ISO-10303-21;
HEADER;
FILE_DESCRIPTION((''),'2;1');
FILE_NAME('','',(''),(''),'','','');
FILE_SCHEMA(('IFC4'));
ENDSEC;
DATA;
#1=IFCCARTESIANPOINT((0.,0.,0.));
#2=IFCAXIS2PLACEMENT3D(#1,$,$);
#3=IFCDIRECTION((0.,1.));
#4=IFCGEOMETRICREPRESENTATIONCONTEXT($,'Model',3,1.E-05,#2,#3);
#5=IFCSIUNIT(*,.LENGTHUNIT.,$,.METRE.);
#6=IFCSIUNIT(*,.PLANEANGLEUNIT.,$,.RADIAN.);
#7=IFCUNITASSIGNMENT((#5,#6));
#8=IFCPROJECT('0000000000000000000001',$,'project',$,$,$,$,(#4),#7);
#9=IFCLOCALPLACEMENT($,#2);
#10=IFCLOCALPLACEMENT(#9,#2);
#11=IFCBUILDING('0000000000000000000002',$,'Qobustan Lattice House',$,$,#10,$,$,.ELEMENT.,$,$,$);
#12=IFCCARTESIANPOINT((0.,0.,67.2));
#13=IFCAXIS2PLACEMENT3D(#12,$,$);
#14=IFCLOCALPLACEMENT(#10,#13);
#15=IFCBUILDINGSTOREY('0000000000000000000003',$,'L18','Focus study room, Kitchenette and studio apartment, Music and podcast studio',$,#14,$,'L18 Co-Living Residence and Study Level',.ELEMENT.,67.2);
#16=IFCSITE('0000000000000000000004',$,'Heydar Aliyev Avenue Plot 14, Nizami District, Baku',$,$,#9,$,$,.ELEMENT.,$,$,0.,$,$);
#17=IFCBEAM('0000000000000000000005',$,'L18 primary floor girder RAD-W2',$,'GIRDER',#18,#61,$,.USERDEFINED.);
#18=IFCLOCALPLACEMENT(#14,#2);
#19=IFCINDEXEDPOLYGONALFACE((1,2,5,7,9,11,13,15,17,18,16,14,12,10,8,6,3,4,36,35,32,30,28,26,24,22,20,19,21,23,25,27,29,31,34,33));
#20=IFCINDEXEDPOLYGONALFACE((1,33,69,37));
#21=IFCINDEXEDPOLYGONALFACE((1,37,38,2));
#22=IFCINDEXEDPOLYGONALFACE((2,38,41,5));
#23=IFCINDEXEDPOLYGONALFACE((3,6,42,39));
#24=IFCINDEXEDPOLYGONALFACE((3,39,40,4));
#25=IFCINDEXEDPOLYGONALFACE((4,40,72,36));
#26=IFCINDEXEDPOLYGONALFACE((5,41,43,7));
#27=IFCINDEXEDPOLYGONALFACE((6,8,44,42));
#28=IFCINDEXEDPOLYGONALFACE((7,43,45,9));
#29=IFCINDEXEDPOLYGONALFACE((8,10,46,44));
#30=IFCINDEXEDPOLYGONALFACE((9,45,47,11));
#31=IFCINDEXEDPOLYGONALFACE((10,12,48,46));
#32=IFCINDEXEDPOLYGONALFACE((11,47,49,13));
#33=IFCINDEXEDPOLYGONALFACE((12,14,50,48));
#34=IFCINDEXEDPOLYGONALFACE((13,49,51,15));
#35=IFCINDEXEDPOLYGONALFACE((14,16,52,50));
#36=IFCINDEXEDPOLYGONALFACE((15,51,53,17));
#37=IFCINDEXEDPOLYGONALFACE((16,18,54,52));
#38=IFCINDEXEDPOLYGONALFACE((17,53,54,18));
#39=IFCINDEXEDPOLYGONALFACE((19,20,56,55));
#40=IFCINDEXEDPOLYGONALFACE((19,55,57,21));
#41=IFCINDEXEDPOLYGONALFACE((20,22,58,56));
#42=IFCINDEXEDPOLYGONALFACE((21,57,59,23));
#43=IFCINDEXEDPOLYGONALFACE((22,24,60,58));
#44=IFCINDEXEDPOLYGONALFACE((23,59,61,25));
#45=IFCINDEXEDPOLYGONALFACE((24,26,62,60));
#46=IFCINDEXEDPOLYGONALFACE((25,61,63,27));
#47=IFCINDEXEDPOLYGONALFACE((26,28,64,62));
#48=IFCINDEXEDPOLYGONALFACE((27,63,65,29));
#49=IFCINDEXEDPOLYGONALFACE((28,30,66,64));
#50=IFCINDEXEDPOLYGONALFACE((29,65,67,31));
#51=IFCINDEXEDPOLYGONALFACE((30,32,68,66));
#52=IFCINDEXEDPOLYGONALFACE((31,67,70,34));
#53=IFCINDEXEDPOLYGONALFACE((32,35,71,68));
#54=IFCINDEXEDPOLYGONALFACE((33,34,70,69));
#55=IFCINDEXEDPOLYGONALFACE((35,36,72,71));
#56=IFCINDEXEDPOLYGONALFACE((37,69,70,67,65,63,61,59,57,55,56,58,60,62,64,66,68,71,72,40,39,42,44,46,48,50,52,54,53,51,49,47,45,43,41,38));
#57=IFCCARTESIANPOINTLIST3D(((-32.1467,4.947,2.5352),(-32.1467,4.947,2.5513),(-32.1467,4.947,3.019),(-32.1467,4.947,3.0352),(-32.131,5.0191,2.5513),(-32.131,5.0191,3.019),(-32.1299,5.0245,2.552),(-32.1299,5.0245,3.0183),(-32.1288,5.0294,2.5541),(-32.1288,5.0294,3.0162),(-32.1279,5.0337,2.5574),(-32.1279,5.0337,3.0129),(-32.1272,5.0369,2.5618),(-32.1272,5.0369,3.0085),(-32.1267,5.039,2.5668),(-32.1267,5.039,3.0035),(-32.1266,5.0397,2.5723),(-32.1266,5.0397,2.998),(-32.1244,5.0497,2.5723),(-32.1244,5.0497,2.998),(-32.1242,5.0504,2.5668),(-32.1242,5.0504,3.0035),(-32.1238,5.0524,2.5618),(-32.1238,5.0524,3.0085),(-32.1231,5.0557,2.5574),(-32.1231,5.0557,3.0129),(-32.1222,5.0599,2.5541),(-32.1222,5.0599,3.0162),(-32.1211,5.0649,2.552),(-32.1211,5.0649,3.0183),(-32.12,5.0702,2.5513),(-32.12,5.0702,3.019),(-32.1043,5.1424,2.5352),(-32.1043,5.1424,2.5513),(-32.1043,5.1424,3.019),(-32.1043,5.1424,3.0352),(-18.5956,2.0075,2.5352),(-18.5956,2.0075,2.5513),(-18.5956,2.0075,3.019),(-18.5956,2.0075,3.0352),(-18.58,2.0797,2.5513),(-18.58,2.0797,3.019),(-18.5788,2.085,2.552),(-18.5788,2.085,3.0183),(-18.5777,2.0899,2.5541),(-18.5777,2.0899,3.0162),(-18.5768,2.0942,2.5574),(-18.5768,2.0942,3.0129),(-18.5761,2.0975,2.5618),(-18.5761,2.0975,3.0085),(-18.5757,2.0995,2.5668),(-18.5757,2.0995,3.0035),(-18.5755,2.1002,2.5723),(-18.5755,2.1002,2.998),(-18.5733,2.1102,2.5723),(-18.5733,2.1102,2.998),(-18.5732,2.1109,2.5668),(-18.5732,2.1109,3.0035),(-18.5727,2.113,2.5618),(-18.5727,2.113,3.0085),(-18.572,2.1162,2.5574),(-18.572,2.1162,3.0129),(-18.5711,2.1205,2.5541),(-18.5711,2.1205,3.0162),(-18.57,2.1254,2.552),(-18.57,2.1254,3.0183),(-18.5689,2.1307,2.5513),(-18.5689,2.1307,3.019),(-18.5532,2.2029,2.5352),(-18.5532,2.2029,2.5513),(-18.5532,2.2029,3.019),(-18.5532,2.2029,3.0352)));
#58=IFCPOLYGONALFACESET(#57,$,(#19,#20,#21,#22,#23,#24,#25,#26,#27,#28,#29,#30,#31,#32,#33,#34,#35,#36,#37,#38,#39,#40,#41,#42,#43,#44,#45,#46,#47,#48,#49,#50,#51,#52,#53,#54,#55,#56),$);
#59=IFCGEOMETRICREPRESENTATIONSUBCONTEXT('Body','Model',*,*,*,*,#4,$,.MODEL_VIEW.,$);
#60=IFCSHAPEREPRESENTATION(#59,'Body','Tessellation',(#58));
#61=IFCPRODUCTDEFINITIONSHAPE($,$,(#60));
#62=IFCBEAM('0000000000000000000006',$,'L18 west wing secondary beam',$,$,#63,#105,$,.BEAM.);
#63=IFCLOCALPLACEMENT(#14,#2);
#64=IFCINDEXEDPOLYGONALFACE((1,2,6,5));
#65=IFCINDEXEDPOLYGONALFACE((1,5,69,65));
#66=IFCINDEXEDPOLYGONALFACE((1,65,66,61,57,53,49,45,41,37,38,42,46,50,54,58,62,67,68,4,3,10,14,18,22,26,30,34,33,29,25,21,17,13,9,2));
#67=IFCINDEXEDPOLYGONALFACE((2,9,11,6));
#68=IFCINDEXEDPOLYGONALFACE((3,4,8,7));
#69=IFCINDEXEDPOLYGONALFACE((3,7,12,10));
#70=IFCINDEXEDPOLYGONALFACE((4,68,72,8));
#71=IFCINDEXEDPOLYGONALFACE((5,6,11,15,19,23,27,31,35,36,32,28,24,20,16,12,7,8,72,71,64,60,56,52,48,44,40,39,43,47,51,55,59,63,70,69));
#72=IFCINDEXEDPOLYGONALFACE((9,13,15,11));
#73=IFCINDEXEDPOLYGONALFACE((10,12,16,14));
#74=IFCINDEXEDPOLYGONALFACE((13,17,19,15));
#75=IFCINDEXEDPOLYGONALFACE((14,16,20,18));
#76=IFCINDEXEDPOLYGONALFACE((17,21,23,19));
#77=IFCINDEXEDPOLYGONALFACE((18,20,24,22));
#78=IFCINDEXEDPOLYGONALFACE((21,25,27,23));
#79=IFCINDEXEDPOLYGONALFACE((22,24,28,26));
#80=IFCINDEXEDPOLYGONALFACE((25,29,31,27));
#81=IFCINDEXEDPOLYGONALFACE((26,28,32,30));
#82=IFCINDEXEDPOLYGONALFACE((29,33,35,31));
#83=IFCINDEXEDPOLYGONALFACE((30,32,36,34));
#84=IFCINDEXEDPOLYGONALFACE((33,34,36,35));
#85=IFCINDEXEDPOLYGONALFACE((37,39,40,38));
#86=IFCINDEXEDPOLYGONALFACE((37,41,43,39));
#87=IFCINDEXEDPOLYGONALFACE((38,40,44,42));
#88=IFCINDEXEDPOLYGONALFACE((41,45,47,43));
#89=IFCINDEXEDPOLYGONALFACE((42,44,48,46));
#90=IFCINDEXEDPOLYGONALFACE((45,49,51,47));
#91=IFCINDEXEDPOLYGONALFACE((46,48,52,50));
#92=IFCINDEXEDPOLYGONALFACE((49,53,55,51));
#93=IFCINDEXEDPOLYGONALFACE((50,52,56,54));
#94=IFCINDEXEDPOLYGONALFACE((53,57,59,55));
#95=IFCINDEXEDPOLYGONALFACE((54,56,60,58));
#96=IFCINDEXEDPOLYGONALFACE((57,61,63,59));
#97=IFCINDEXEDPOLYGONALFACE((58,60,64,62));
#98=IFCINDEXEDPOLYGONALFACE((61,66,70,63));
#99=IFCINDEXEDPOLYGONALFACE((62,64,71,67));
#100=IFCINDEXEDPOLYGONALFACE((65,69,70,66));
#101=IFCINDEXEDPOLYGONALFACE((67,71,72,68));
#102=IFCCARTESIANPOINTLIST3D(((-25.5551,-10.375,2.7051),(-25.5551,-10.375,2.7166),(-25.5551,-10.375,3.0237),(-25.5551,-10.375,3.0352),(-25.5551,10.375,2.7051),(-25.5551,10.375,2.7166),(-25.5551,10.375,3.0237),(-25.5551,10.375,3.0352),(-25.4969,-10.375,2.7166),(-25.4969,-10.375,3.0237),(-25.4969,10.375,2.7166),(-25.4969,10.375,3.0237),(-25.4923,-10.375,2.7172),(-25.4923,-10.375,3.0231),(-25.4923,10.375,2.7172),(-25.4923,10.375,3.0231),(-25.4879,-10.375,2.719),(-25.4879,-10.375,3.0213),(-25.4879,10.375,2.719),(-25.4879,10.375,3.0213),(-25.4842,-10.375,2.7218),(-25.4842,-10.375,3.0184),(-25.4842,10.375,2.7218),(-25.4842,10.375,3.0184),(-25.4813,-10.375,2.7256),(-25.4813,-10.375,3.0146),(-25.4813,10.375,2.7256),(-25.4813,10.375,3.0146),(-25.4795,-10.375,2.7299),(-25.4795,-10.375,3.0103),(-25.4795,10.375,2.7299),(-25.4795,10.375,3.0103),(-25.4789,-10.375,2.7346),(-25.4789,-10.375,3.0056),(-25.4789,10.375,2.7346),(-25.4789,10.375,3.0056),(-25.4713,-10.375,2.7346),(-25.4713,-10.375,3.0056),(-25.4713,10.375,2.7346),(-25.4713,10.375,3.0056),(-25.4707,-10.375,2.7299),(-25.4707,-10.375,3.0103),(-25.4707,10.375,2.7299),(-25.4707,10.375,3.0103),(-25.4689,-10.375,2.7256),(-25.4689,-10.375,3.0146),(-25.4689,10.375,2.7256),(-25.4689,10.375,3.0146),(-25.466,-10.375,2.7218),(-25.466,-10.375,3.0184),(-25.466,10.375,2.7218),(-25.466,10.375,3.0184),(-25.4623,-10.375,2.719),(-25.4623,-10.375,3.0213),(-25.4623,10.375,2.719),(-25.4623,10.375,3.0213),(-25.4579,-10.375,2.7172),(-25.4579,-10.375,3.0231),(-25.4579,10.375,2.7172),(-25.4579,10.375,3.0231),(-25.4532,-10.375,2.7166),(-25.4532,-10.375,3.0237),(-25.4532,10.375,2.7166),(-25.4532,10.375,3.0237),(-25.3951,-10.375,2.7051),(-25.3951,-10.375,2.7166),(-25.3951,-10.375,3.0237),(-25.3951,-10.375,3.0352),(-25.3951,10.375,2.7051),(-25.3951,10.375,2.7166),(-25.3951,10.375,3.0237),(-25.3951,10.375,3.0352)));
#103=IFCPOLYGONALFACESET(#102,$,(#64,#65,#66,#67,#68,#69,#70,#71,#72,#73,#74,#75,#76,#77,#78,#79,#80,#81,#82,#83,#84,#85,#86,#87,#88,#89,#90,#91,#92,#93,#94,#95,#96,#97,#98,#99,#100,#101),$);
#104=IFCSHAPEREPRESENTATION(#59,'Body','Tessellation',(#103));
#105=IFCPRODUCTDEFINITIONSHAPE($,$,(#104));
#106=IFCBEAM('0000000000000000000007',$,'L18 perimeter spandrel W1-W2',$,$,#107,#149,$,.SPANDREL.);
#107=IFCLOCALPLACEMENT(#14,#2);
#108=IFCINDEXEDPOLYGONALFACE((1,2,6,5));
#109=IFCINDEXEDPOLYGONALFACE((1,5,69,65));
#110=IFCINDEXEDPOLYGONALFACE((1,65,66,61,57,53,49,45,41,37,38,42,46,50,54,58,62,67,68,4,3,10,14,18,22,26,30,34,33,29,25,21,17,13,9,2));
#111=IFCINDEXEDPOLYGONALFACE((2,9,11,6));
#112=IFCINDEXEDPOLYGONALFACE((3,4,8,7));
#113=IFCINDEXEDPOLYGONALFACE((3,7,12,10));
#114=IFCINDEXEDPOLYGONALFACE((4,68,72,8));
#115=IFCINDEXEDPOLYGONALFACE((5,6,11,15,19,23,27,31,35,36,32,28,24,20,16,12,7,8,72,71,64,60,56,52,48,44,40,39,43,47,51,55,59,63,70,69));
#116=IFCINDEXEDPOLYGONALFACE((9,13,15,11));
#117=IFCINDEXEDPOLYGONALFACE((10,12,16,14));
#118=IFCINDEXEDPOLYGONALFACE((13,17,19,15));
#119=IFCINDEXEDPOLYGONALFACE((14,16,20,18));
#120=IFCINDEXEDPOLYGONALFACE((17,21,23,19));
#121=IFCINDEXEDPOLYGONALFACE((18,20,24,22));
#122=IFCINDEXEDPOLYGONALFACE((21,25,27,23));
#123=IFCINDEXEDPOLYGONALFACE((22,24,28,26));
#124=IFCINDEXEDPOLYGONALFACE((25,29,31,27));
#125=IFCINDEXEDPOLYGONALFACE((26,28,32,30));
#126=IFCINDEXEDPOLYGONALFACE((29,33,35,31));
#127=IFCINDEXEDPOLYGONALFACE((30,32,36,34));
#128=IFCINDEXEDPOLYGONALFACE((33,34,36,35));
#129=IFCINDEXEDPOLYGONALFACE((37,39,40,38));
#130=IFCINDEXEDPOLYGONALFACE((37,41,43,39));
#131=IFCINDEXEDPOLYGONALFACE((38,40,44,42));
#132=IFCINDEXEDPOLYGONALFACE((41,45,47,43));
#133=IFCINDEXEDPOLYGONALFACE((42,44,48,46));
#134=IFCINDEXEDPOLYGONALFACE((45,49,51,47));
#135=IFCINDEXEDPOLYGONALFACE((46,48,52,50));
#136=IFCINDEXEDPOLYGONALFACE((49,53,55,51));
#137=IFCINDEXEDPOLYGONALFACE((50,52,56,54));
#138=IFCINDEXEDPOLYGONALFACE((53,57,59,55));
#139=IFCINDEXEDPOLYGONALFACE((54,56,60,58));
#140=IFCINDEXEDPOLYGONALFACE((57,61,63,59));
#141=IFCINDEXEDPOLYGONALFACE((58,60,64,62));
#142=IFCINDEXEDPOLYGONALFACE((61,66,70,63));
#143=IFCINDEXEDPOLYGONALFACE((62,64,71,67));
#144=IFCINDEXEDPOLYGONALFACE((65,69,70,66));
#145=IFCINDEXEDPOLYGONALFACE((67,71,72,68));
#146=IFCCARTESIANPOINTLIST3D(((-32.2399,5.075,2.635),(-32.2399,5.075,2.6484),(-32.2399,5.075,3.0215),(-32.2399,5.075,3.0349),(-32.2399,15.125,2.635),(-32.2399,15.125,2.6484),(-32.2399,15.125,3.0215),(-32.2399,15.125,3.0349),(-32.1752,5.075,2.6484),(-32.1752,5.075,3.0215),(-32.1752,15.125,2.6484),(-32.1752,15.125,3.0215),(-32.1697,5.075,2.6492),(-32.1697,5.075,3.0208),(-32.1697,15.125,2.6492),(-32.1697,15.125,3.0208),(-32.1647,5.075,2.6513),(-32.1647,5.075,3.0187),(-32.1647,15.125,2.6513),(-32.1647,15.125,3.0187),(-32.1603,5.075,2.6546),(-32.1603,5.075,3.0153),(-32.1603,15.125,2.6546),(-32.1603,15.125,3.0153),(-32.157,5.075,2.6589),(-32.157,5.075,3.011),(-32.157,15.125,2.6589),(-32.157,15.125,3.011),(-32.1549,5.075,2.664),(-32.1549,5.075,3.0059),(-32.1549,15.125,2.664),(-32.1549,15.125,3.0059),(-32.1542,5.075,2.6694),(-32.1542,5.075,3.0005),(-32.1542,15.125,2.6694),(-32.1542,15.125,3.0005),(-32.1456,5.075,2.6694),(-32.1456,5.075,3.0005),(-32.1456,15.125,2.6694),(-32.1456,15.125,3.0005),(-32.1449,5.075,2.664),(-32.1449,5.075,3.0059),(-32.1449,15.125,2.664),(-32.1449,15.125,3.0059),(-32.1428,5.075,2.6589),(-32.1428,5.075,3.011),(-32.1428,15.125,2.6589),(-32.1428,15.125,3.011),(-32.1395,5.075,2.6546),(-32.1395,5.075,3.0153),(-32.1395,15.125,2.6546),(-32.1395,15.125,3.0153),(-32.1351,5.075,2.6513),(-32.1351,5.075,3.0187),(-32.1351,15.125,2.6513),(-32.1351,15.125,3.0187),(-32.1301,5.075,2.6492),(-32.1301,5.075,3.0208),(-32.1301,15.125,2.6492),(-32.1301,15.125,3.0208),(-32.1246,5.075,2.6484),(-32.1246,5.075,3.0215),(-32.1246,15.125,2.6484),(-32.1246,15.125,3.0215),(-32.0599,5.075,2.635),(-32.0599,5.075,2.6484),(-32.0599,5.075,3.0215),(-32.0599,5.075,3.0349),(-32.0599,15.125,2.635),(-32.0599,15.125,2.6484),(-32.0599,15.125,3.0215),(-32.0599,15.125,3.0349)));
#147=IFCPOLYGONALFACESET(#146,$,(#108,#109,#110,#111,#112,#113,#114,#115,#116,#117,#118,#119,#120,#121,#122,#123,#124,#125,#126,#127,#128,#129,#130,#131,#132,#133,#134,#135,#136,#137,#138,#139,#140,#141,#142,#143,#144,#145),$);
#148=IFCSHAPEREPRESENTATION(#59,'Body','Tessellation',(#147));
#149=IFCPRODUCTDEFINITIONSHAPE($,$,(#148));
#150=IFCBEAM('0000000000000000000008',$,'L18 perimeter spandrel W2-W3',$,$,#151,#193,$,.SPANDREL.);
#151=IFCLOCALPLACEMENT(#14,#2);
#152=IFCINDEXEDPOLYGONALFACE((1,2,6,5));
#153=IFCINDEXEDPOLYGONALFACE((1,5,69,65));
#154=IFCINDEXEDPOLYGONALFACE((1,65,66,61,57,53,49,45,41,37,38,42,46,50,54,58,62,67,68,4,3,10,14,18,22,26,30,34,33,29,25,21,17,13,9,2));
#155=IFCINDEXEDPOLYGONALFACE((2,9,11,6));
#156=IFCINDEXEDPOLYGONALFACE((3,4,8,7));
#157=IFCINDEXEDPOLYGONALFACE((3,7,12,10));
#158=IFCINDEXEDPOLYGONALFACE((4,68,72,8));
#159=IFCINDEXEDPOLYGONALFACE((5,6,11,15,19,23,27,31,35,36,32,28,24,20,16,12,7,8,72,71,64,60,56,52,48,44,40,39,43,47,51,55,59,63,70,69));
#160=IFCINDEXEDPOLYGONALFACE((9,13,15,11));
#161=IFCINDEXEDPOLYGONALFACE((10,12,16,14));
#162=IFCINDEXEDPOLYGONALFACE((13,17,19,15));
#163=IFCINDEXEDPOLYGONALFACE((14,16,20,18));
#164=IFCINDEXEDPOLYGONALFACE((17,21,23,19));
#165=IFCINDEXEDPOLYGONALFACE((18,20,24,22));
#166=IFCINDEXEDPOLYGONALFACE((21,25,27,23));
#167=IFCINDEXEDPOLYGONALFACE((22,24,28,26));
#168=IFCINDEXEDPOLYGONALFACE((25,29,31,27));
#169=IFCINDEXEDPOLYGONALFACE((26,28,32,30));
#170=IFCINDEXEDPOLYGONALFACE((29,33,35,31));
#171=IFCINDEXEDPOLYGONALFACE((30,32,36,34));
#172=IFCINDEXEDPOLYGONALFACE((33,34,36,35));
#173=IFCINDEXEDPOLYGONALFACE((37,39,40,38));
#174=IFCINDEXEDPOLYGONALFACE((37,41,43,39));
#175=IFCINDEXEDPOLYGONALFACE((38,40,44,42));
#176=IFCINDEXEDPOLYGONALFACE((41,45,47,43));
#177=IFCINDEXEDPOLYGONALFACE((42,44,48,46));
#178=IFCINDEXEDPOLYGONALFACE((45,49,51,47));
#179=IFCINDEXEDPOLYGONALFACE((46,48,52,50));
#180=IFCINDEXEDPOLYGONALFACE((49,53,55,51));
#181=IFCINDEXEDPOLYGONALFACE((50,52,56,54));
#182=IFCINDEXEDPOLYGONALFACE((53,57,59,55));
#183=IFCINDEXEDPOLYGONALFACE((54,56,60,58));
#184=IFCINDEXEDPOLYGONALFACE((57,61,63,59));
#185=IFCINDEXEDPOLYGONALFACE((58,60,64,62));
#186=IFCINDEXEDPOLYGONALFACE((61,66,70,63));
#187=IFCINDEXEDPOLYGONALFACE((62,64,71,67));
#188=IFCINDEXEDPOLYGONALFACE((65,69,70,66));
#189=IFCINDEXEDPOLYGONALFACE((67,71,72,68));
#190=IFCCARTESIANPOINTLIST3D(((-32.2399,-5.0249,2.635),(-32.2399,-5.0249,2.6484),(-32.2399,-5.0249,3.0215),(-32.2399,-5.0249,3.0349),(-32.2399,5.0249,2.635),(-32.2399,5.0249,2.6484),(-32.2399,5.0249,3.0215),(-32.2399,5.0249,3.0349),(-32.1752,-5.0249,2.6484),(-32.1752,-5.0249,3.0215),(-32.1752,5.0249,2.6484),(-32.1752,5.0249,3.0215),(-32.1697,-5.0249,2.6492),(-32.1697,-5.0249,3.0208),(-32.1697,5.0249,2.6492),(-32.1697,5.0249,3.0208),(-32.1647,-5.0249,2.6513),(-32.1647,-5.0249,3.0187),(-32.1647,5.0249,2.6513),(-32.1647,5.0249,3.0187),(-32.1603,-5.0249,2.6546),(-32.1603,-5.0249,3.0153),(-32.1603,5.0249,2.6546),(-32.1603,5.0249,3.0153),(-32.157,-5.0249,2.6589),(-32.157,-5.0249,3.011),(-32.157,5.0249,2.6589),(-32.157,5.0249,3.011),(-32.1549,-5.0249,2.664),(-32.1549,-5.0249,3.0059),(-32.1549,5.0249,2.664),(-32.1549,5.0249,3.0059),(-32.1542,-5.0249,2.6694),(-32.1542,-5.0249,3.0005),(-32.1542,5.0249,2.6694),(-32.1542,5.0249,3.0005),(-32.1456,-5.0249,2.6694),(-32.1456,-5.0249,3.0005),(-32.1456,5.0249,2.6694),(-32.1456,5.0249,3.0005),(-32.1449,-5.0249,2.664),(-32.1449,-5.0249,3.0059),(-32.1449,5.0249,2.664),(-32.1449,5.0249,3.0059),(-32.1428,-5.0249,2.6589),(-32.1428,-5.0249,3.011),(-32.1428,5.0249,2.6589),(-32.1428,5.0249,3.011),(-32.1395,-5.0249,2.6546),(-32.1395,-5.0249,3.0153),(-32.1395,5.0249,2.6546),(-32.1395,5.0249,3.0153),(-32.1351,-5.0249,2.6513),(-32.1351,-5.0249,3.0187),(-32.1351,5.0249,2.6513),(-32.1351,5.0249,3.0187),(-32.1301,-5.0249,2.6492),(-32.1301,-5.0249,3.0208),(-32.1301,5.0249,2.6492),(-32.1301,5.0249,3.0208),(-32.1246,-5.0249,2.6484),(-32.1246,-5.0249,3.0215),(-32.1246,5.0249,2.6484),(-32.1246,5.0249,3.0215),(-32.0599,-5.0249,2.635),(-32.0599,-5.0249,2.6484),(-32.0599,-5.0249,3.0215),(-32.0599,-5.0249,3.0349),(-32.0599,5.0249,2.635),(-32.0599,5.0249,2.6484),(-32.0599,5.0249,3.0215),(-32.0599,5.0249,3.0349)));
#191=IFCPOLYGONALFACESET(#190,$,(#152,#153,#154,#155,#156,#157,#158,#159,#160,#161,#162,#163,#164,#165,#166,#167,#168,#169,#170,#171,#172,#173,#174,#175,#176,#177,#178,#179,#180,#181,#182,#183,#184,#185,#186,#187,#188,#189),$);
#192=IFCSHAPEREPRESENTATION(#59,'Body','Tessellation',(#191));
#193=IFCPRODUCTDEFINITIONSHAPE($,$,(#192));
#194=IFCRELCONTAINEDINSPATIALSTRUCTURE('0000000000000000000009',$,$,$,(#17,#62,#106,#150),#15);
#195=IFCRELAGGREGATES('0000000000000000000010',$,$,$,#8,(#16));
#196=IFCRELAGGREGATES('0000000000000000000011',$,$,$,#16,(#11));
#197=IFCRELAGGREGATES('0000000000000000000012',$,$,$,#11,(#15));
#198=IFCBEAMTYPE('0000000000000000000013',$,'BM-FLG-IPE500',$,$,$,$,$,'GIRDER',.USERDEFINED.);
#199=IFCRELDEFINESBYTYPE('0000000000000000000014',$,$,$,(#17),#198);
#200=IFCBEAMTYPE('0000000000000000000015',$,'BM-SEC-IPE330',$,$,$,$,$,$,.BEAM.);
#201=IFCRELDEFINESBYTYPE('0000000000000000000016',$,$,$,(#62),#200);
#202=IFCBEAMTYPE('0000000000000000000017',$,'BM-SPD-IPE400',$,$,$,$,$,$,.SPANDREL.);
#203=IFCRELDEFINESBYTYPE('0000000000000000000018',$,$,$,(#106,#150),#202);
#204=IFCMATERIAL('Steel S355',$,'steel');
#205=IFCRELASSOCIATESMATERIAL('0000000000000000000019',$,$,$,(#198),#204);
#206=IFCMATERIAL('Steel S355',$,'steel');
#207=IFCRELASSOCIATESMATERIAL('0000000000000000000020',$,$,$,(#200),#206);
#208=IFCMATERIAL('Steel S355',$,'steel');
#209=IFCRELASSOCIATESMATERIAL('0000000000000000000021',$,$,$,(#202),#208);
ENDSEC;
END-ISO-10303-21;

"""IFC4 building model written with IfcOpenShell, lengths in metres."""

from ifc_helpers import new_model, si_unit, direction, frame, origin, origin_2d, place, context, subcontext, project, spatial, i_section, extrude, material, material_profile, profile_set, type_object, element, save


model = new_model("IFC4")

# Units and contexts
model_context = context("Model", 3, precision=1e-05, world=origin(), true_north=direction((0.0, 1.0)))
body_context = subcontext(model_context, "Body", "Model", "MODEL_VIEW")
ifc_project = project(units=[si_unit("LENGTHUNIT", "METRE"), si_unit("PLANEANGLEUNIT", "RADIAN")], contexts=[model_context])

# Site, building, storey
site_placement = place(None, origin())
site = spatial("IfcSite", under=ifc_project, at=site_placement, Name="Heydar Aliyev Avenue Plot 14, Nizami District, Baku", CompositionType="ELEMENT", RefElevation=0.0)
building_placement = place(site_placement, origin())
building = spatial("IfcBuilding", under=site, at=building_placement, Name="Qobustan Lattice House", CompositionType="ELEMENT")
storey_placement = place(building_placement, frame((0.0, 0.0, 67.2)))
storey = spatial("IfcBuildingStorey", under=building, at=storey_placement, Name="L18", Description="Focus study room, Kitchenette and studio apartment, Music and podcast studio", LongName="L18 Co-Living Residence and Study Level", CompositionType="ELEMENT", Elevation=67.2)

# Beams
ifc_material_1 = material(Name="Steel S355", Category="steel")
ifc_material_profile_1 = material_profile(ifc_material_1, i_section(OverallWidth=0.2, OverallDepth=0.5, WebThickness=0.0103, FlangeThickness=0.0161, FilletRadius=0.021, at=origin_2d()), Name="IPE500")
ifc_profile_set_1 = profile_set([ifc_material_profile_1], Name="Steel S355")
beam_type_1 = type_object("IfcBeamType", Name="BM-FLG-IPE500", ElementType="GIRDER", PredefinedType="USERDEFINED", material=ifc_profile_set_1)
beam_1_placement = place(storey_placement, frame((-32.1255, 5.0447, 2.7852), z_axis=(0.977272, -0.211987, 0.0), x_axis=(0.211987, 0.977272, 0.0)))
element("IfcBeam", 1, at=beam_1_placement, inside=storey, type_object=beam_type_1, Name="L18 primary floor girder RAD-W2", ObjectType="GIRDER", PredefinedType="USERDEFINED", context=body_context, shape_type="SweptSolid", body=[
    extrude(i_section(OverallWidth=0.2, OverallDepth=0.5, WebThickness=0.0103, FlangeThickness=0.0161, FilletRadius=0.021, at=origin_2d()), origin(), (0.0, 0.0, 1.0), 13.8662),
])
ifc_material_2 = material(Name="Steel S355", Category="steel")
ifc_material_profile_2 = material_profile(ifc_material_2, i_section(OverallWidth=0.1599, OverallDepth=0.3301, WebThickness=0.0076, FlangeThickness=0.0115, FilletRadius=0.0181, at=origin_2d()), Name="IPE330")
ifc_profile_set_2 = profile_set([ifc_material_profile_2], Name="Steel S355")
beam_type_2 = type_object("IfcBeamType", Name="BM-SEC-IPE330", PredefinedType="BEAM", material=ifc_profile_set_2)
beam_2_placement = place(storey_placement, frame((-25.4751, 10.375, 2.8701), z_axis=(0.0, -1.0, 0.0), x_axis=(1.0, 0.0, 0.0)))
element("IfcBeam", 2, at=beam_2_placement, inside=storey, type_object=beam_type_2, Name="L18 west wing secondary beam", PredefinedType="BEAM", context=body_context, shape_type="SweptSolid", body=[
    extrude(i_section(OverallWidth=0.1599, OverallDepth=0.3301, WebThickness=0.0076, FlangeThickness=0.0115, FilletRadius=0.0181, at=origin_2d()), origin(), (0.0, 0.0, 1.0), 20.75),
])
ifc_material_3 = material(Name="Steel S355", Category="steel")
ifc_material_profile_3 = material_profile(ifc_material_3, i_section(OverallWidth=0.1799, OverallDepth=0.3999, WebThickness=0.0085, FlangeThickness=0.0134, FilletRadius=0.021, at=origin_2d()), Name="IPE400")
ifc_profile_set_3 = profile_set([ifc_material_profile_3], Name="Steel S355")
beam_type_3 = type_object("IfcBeamType", Name="BM-SPD-IPE400", PredefinedType="SPANDREL", material=ifc_profile_set_3)
beam_3_placement = place(storey_placement, frame((-32.1499, 15.125, 2.835), z_axis=(0.0, -1.0, 0.0), x_axis=(1.0, 0.0, 0.0)))
element("IfcBeam", 3, at=beam_3_placement, inside=storey, type_object=beam_type_3, Name="L18 perimeter spandrel W1-W2", PredefinedType="SPANDREL", context=body_context, shape_type="SweptSolid", body=[
    extrude(i_section(OverallWidth=0.1799, OverallDepth=0.3999, WebThickness=0.0085, FlangeThickness=0.0134, FilletRadius=0.021, at=origin_2d()), origin(), (0.0, 0.0, 1.0), 10.05),
])
beam_4_placement = place(storey_placement, frame((-32.1499, 5.0249, 2.835), z_axis=(0.0, -1.0, 0.0), x_axis=(1.0, 0.0, 0.0)))
element("IfcBeam", 4, at=beam_4_placement, inside=storey, type_object=beam_type_3, Name="L18 perimeter spandrel W2-W3", PredefinedType="SPANDREL", context=body_context, shape_type="SweptSolid", body=[
    extrude(i_section(OverallWidth=0.1799, OverallDepth=0.3999, WebThickness=0.0085, FlangeThickness=0.0134, FilletRadius=0.021, at=origin_2d()), origin(), (0.0, 0.0, 1.0), 10.0498),
])

save(model, "model.ifc")
